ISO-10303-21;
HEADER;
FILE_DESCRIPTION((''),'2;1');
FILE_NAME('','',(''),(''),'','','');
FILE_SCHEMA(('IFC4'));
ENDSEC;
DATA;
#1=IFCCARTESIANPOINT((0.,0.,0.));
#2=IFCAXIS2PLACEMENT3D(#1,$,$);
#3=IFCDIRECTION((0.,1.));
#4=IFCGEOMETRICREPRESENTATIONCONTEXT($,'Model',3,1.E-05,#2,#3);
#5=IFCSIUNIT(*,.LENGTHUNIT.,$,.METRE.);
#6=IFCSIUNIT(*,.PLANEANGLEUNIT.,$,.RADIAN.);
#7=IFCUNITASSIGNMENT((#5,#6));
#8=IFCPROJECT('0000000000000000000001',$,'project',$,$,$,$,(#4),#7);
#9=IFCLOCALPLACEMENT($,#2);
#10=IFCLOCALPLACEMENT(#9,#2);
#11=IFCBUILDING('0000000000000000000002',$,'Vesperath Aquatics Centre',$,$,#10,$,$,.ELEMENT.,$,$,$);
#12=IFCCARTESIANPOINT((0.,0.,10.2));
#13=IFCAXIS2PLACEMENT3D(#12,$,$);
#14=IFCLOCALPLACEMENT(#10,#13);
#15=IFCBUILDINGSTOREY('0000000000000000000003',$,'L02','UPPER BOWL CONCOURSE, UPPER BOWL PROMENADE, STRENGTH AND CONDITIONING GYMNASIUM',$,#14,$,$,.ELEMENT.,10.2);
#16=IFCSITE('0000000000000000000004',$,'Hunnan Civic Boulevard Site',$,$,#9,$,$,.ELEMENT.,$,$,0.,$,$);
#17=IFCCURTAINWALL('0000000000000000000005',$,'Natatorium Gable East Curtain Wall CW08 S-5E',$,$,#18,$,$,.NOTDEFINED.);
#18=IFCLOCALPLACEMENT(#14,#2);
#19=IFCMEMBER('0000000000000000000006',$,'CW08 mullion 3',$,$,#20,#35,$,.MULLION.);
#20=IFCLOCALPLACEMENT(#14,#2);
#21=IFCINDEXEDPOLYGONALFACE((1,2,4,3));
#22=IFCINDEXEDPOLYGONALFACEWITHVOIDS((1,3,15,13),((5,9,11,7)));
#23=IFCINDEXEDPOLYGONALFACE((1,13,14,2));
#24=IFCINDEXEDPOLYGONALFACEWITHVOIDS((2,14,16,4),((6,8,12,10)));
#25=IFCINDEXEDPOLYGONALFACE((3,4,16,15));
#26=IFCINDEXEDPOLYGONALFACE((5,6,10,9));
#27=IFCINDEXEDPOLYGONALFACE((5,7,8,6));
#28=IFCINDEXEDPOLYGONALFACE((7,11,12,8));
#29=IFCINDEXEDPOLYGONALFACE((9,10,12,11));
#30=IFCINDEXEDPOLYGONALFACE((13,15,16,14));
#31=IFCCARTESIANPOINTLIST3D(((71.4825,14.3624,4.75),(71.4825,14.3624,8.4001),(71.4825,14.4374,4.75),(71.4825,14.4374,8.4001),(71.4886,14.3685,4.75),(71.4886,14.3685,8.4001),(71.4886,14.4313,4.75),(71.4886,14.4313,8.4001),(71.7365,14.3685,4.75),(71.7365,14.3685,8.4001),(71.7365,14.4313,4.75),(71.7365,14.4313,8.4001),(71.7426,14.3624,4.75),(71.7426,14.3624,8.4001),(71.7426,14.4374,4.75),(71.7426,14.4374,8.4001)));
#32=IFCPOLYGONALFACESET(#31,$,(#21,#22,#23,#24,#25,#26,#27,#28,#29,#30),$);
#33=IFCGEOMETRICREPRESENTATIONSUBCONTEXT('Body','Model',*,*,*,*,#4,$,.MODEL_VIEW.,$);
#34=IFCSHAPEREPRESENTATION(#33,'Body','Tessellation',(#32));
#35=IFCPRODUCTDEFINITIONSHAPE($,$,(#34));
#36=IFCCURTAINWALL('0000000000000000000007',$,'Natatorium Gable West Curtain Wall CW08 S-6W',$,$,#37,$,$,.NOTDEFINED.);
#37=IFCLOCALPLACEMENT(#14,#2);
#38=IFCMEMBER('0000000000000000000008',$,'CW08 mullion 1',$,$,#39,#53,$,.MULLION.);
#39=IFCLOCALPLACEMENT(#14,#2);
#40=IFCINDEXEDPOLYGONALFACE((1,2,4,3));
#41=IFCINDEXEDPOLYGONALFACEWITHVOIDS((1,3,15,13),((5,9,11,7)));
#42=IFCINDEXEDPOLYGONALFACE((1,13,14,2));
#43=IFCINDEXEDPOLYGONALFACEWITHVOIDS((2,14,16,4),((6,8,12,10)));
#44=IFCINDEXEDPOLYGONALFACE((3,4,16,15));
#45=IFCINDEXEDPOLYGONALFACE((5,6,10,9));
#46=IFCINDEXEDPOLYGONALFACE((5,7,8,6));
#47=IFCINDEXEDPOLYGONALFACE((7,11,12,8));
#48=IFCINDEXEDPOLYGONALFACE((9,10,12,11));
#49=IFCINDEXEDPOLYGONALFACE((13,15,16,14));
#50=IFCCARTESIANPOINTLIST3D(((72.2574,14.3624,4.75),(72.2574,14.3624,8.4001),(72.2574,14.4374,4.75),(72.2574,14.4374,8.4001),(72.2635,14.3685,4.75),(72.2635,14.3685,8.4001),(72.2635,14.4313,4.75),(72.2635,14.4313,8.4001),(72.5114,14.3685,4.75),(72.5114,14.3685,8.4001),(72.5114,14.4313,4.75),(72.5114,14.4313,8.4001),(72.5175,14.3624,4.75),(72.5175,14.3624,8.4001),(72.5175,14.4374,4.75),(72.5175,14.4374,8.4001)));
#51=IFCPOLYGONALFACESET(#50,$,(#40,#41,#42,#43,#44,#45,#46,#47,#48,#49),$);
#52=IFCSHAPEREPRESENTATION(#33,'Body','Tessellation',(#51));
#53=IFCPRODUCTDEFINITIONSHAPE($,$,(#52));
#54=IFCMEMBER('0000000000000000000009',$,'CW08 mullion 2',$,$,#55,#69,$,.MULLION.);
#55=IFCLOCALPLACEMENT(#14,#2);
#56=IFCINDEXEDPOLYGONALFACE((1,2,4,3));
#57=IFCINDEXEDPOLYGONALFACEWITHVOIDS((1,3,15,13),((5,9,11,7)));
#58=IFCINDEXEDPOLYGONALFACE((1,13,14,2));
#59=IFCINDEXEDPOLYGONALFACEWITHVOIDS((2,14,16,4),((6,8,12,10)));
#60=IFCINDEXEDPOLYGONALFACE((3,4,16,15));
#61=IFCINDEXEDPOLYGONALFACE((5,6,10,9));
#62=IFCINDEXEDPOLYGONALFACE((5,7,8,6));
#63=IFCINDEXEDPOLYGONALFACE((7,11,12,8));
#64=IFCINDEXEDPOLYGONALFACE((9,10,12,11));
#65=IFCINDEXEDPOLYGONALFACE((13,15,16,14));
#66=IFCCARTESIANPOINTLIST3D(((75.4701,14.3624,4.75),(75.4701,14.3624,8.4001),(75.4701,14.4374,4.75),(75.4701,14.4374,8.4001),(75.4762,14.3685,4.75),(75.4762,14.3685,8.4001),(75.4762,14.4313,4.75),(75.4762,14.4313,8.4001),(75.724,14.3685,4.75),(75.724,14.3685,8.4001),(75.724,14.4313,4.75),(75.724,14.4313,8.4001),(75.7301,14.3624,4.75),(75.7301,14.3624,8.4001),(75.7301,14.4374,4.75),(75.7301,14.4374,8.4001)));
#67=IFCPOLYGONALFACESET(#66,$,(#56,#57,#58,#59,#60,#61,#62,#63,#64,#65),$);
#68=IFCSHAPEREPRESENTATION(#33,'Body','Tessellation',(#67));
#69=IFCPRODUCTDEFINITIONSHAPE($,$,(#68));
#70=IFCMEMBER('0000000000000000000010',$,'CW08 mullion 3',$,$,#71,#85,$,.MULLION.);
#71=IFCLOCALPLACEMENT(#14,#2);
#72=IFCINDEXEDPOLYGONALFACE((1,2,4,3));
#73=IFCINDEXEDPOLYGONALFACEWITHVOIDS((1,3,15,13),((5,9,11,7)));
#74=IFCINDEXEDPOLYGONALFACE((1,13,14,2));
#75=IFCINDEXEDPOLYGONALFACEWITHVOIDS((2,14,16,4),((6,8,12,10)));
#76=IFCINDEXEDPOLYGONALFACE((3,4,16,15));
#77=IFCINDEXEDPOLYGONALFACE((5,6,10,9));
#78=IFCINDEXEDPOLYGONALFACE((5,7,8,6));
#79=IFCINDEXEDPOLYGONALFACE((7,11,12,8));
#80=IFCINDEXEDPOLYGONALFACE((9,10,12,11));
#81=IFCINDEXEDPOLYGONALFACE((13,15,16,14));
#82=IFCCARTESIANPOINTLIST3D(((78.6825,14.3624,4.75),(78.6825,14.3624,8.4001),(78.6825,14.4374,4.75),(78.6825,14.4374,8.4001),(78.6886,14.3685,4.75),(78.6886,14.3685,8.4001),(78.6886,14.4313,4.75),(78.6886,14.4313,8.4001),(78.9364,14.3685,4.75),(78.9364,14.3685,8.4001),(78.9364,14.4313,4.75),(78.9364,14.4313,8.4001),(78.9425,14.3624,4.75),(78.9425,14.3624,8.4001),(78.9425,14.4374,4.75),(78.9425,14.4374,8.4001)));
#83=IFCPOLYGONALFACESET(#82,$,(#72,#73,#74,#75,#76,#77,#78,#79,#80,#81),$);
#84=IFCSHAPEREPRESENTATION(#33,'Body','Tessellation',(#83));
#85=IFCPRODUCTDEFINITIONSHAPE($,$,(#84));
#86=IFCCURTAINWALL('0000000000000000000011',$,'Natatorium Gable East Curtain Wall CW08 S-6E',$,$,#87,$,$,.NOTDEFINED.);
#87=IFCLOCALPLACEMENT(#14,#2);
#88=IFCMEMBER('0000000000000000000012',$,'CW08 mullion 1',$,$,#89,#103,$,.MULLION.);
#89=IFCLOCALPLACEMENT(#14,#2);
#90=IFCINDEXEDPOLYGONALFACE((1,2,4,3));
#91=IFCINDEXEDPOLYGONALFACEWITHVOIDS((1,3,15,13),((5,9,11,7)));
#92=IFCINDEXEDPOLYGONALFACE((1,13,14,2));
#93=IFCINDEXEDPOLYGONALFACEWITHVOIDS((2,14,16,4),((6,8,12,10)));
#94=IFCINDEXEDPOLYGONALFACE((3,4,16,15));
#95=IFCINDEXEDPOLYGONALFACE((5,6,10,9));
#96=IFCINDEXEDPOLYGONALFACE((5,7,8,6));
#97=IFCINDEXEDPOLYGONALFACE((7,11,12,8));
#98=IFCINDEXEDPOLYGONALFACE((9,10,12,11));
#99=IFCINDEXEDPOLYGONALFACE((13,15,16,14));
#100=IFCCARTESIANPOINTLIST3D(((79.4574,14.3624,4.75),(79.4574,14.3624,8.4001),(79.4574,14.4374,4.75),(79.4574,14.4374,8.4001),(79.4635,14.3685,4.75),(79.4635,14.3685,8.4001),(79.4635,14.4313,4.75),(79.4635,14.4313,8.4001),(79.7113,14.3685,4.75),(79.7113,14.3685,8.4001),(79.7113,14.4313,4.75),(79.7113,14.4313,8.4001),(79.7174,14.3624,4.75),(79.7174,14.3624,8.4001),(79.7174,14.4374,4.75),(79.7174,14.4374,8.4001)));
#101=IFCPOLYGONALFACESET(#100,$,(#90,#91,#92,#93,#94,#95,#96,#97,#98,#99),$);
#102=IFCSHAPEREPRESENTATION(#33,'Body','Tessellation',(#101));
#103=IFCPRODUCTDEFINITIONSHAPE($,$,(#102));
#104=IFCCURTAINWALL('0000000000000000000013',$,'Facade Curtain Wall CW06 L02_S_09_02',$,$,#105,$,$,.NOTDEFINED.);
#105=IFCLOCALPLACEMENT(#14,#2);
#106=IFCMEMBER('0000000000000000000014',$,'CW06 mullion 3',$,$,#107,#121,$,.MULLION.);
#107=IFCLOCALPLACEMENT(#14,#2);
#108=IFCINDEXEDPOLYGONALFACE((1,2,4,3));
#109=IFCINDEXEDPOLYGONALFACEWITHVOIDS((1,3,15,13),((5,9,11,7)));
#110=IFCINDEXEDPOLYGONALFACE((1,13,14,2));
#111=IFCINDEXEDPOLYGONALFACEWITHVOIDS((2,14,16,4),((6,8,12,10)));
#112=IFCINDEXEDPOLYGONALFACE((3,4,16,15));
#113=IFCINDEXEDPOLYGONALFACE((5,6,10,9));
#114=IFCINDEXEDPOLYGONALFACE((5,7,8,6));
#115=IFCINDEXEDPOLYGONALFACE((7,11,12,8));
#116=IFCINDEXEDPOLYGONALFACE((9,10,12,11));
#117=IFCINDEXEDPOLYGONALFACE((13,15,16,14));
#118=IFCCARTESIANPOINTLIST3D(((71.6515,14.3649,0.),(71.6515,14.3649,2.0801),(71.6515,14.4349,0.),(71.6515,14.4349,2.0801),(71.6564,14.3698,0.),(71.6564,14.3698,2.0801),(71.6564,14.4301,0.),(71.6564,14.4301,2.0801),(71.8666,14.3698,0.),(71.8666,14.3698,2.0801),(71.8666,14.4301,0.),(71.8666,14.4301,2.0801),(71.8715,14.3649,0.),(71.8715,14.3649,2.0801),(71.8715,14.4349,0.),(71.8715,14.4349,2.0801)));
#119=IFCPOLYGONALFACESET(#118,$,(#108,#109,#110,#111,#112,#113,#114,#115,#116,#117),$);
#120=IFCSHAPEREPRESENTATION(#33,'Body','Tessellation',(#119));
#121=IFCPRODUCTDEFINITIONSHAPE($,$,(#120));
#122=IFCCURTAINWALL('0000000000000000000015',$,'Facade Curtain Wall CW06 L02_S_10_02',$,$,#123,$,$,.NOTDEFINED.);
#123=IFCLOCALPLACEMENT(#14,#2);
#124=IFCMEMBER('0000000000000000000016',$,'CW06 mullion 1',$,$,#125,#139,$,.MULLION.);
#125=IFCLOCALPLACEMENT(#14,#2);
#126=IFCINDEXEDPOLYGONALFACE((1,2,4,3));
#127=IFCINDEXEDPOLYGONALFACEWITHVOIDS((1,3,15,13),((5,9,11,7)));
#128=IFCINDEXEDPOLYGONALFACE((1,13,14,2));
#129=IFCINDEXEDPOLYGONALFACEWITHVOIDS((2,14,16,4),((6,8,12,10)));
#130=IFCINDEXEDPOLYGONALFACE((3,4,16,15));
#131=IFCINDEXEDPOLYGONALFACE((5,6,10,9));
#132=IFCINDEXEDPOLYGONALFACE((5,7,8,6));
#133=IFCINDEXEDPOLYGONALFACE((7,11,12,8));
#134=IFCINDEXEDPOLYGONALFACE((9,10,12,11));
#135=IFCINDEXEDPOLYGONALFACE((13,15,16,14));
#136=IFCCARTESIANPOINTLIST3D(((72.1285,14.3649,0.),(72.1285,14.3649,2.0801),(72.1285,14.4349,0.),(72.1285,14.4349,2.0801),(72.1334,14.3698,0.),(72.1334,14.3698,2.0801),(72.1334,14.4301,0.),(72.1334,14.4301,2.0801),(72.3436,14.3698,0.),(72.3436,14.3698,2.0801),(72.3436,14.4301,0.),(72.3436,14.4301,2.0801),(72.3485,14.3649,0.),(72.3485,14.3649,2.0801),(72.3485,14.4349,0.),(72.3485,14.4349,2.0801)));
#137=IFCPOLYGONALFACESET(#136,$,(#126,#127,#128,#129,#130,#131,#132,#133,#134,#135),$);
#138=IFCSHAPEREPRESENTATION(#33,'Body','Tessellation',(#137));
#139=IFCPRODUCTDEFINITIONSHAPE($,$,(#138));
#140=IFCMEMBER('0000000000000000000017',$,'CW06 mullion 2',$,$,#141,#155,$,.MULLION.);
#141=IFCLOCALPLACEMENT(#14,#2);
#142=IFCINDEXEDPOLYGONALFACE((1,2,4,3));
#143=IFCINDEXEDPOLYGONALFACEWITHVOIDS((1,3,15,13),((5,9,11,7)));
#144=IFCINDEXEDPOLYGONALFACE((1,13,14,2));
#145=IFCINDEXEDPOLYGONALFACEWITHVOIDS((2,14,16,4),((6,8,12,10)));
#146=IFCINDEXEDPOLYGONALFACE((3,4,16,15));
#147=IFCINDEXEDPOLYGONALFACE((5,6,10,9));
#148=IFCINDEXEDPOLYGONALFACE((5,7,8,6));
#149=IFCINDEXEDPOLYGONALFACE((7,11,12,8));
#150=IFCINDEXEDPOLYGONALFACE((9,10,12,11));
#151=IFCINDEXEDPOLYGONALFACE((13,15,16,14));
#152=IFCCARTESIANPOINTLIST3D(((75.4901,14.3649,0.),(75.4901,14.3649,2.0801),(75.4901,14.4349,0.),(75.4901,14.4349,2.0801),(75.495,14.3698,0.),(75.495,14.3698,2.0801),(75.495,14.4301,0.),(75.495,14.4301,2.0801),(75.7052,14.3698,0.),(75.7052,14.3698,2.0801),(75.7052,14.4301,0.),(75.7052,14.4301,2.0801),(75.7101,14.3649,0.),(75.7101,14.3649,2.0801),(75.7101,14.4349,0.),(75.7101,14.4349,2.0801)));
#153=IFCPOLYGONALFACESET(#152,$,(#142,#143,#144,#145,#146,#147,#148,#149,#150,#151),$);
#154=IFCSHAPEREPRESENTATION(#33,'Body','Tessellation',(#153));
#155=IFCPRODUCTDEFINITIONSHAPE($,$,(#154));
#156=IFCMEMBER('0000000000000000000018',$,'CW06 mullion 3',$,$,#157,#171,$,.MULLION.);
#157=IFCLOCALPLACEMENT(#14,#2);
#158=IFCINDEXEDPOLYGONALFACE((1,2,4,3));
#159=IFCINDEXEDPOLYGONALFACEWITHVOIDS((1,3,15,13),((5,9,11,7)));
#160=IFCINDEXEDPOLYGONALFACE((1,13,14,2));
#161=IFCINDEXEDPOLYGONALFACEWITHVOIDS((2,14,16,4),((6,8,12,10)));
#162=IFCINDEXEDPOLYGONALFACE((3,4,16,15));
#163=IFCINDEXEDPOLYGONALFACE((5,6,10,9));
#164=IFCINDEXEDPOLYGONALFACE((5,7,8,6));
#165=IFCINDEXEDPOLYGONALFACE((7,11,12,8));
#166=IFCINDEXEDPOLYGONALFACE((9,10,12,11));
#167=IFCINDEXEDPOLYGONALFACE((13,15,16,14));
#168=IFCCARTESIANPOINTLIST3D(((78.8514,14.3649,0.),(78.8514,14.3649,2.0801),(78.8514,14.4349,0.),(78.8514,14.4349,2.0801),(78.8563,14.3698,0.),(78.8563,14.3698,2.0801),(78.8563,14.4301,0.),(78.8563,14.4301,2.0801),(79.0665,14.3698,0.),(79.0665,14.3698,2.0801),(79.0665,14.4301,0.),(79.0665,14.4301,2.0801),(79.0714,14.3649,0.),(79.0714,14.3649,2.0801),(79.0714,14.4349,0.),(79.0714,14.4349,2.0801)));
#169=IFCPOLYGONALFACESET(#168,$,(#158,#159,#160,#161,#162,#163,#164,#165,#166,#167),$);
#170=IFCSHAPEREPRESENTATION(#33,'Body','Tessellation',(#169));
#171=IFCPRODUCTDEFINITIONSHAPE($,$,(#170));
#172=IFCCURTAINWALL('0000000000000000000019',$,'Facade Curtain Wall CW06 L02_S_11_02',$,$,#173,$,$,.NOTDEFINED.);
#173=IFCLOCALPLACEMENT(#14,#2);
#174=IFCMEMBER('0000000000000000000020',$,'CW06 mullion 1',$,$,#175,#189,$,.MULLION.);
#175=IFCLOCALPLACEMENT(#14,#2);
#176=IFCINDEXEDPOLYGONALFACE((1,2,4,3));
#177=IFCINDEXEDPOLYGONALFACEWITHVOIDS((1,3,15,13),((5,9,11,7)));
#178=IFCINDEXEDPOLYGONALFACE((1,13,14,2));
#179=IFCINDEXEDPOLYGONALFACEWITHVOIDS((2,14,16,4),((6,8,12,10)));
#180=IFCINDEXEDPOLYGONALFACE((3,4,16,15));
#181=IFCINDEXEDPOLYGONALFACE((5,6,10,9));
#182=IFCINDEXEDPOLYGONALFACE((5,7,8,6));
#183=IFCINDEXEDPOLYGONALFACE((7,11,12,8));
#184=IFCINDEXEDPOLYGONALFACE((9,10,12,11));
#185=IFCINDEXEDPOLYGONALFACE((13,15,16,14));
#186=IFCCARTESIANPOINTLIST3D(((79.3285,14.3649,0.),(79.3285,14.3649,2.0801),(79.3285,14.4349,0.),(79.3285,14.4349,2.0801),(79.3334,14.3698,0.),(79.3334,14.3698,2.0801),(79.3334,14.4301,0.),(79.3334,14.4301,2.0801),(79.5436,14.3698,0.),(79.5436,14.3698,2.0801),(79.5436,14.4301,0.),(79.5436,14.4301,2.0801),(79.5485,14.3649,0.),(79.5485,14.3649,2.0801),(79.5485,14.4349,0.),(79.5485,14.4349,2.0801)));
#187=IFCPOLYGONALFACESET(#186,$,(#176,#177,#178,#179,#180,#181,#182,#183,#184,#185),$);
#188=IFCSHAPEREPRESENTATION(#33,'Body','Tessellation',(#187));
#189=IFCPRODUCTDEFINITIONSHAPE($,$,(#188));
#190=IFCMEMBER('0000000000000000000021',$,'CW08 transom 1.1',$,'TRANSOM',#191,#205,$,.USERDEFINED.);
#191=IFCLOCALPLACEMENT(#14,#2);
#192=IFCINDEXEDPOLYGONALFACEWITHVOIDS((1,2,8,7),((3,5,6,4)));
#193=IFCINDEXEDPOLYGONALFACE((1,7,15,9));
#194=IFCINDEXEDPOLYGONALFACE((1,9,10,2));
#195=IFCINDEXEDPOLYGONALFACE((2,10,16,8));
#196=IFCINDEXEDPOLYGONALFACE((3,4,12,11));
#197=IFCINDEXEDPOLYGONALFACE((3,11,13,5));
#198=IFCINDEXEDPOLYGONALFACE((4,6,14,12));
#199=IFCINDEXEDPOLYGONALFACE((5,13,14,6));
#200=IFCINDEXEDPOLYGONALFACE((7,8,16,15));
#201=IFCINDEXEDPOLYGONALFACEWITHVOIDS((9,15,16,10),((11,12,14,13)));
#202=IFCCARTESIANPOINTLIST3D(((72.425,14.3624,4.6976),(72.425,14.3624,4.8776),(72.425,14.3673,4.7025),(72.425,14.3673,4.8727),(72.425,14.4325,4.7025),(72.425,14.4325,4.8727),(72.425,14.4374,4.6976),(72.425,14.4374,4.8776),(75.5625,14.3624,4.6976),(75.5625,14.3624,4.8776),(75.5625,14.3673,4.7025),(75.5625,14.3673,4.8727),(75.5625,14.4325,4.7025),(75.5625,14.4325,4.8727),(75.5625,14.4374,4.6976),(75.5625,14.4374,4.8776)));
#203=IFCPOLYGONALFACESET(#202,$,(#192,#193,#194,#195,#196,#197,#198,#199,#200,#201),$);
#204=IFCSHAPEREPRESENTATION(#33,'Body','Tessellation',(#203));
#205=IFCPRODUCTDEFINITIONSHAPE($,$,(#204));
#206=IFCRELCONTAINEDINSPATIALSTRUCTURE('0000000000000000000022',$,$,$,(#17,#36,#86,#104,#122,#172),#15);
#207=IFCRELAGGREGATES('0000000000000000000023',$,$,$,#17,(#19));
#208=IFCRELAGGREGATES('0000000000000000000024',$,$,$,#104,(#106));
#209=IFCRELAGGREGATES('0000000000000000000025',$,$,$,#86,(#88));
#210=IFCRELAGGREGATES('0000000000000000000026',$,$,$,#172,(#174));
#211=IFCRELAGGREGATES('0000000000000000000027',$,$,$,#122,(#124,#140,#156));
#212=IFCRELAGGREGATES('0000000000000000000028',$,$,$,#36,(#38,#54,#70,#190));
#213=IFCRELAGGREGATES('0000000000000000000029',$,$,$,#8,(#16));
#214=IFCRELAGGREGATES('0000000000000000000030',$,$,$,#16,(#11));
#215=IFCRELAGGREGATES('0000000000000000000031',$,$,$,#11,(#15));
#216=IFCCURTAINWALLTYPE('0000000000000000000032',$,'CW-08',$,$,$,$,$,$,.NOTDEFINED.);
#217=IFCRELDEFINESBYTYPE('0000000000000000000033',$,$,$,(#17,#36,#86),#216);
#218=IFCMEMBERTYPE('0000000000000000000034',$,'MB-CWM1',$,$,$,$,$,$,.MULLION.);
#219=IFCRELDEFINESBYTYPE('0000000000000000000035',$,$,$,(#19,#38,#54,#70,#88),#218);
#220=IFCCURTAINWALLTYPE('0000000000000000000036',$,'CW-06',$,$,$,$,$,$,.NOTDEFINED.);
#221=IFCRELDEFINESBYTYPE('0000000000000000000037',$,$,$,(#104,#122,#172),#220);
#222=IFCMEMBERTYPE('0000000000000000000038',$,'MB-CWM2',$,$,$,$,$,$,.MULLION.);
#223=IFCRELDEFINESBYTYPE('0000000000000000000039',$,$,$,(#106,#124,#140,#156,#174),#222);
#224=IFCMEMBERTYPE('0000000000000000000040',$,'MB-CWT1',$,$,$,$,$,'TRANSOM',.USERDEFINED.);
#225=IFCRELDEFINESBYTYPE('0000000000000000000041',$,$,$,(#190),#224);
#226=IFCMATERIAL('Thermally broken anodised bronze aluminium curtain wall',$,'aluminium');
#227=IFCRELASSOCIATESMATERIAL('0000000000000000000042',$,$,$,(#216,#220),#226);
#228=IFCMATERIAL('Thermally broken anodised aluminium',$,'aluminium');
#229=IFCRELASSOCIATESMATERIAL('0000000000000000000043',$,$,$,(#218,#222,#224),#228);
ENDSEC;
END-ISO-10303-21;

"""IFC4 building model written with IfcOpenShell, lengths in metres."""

from ifc_helpers import new_model, si_unit, direction, frame, origin, origin_2d, place, context, subcontext, project, spatial, hollow_rectangle, extrude, material, material_profile, profile_set, type_object, element, aggregate, save


model = new_model("IFC4")

# Units and contexts
model_context = context("Model", 3, precision=1e-05, world=origin(), true_north=direction((0.0, 1.0)))
body_context = subcontext(model_context, "Body", "Model", "MODEL_VIEW")
ifc_project = project(units=[si_unit("LENGTHUNIT", "METRE"), si_unit("PLANEANGLEUNIT", "RADIAN")], contexts=[model_context])

# Site, building, storey
site_placement = place(None, origin())
site = spatial("IfcSite", under=ifc_project, at=site_placement, Name="Hunnan Civic Boulevard Site", CompositionType="ELEMENT", RefElevation=0.0)
building_placement = place(site_placement, origin())
building = spatial("IfcBuilding", under=site, at=building_placement, Name="Vesperath Aquatics Centre", CompositionType="ELEMENT")
storey_placement = place(building_placement, frame((0.0, 0.0, 10.2)))
storey = spatial("IfcBuildingStorey", under=building, at=storey_placement, Name="L02", Description="UPPER BOWL CONCOURSE, UPPER BOWL PROMENADE, STRENGTH AND CONDITIONING GYMNASIUM", CompositionType="ELEMENT", Elevation=10.2)

# Curtain wall, member
ifc_material_1 = material(Name="Thermally broken anodised bronze aluminium curtain wall", Category="aluminium")
curtain_wall_type_1 = type_object("IfcCurtainWallType", Name="CW-08", PredefinedType="NOTDEFINED", material=ifc_material_1)
curtain_wall_1_placement = place(storey_placement, origin())
curtain_wall_1 = element("IfcCurtainWall", 1, at=curtain_wall_1_placement, inside=storey, type_object=curtain_wall_type_1, Name="Natatorium Gable East Curtain Wall CW08 S-5E", PredefinedType="NOTDEFINED")
ifc_material_2 = material(Name="Thermally broken anodised aluminium", Category="aluminium")
ifc_material_profile_1 = material_profile(ifc_material_2, hollow_rectangle(XDim=0.075, YDim=0.26, WallThickness=0.0061, at=origin_2d()), Name="CWM 75x260x6")
ifc_profile_set_1 = profile_set([ifc_material_profile_1], Name="Thermally broken anodised aluminium")
member_type_1 = type_object("IfcMemberType", Name="MB-CWM1", PredefinedType="MULLION", material=ifc_profile_set_1)
member_1_placement = place(storey_placement, frame((71.6125, 14.3999, 4.75), z_axis=(0.0, 0.0, 1.0), x_axis=(0.0, 1.0, 0.0)))
member_1 = element("IfcMember", 2, at=member_1_placement, type_object=member_type_1, Name="CW08 mullion 3", PredefinedType="MULLION", context=body_context, shape_type="SweptSolid", body=[
    extrude(hollow_rectangle(XDim=0.075, YDim=0.26, WallThickness=0.0061, at=origin_2d()), origin(), (0.0, 0.0, 1.0), 3.6501),
])
aggregate(curtain_wall_1, [member_1])

# Curtain wall, members
curtain_wall_2_placement = place(storey_placement, origin())
curtain_wall_2 = element("IfcCurtainWall", 3, at=curtain_wall_2_placement, inside=storey, type_object=curtain_wall_type_1, Name="Natatorium Gable West Curtain Wall CW08 S-6W", PredefinedType="NOTDEFINED")
member_2_placement = place(storey_placement, frame((72.3875, 14.3999, 4.75), z_axis=(0.0, 0.0, 1.0), x_axis=(0.0, 1.0, 0.0)))
member_2 = element("IfcMember", 4, at=member_2_placement, type_object=member_type_1, Name="CW08 mullion 1", PredefinedType="MULLION", context=body_context, shape_type="SweptSolid", body=[
    extrude(hollow_rectangle(XDim=0.075, YDim=0.26, WallThickness=0.0061, at=origin_2d()), origin(), (0.0, 0.0, 1.0), 3.6501),
])
member_3_placement = place(storey_placement, frame((75.6001, 14.3999, 4.75), z_axis=(0.0, 0.0, 1.0), x_axis=(0.0, 1.0, 0.0)))
member_3 = element("IfcMember", 5, at=member_3_placement, type_object=member_type_1, Name="CW08 mullion 2", PredefinedType="MULLION", context=body_context, shape_type="SweptSolid", body=[
    extrude(hollow_rectangle(XDim=0.075, YDim=0.26, WallThickness=0.0061, at=origin_2d()), origin(), (0.0, 0.0, 1.0), 3.6501),
])
member_4_placement = place(storey_placement, frame((78.8125, 14.3999, 4.75), z_axis=(0.0, 0.0, 1.0), x_axis=(0.0, 1.0, 0.0)))
member_4 = element("IfcMember", 6, at=member_4_placement, type_object=member_type_1, Name="CW08 mullion 3", PredefinedType="MULLION", context=body_context, shape_type="SweptSolid", body=[
    extrude(hollow_rectangle(XDim=0.075, YDim=0.26, WallThickness=0.0061, at=origin_2d()), origin(), (0.0, 0.0, 1.0), 3.6501),
])

# Curtain walls, members
curtain_wall_3_placement = place(storey_placement, origin())
curtain_wall_3 = element("IfcCurtainWall", 7, at=curtain_wall_3_placement, inside=storey, type_object=curtain_wall_type_1, Name="Natatorium Gable East Curtain Wall CW08 S-6E", PredefinedType="NOTDEFINED")
member_5_placement = place(storey_placement, frame((79.5874, 14.3999, 4.75), z_axis=(0.0, 0.0, 1.0), x_axis=(0.0, 1.0, 0.0)))
member_5 = element("IfcMember", 8, at=member_5_placement, type_object=member_type_1, Name="CW08 mullion 1", PredefinedType="MULLION", context=body_context, shape_type="SweptSolid", body=[
    extrude(hollow_rectangle(XDim=0.075, YDim=0.26, WallThickness=0.0061, at=origin_2d()), origin(), (0.0, 0.0, 1.0), 3.6501),
])
curtain_wall_type_2 = type_object("IfcCurtainWallType", Name="CW-06", PredefinedType="NOTDEFINED", material=ifc_material_1)
curtain_wall_4_placement = place(storey_placement, origin())
curtain_wall_4 = element("IfcCurtainWall", 9, at=curtain_wall_4_placement, inside=storey, type_object=curtain_wall_type_2, Name="Facade Curtain Wall CW06 L02_S_09_02", PredefinedType="NOTDEFINED")
ifc_material_profile_2 = material_profile(ifc_material_2, hollow_rectangle(XDim=0.0701, YDim=0.22, WallThickness=0.0049, at=origin_2d()), Name="CWM 70x220x5")
ifc_profile_set_2 = profile_set([ifc_material_profile_2], Name="Thermally broken anodised aluminium")
member_type_2 = type_object("IfcMemberType", Name="MB-CWM2", PredefinedType="MULLION", material=ifc_profile_set_2)
member_6_placement = place(storey_placement, frame((71.7615, 14.3999, 0.0), z_axis=(0.0, 0.0, 1.0), x_axis=(0.0, 1.0, 0.0)))
member_6 = element("IfcMember", 10, at=member_6_placement, type_object=member_type_2, Name="CW06 mullion 3", PredefinedType="MULLION", context=body_context, shape_type="SweptSolid", body=[
    extrude(hollow_rectangle(XDim=0.0701, YDim=0.22, WallThickness=0.0049, at=origin_2d()), origin(), (0.0, 0.0, 1.0), 2.0801),
])
aggregate(curtain_wall_4, [member_6])

# Curtain wall, members
curtain_wall_5_placement = place(storey_placement, origin())
curtain_wall_5 = element("IfcCurtainWall", 11, at=curtain_wall_5_placement, inside=storey, type_object=curtain_wall_type_2, Name="Facade Curtain Wall CW06 L02_S_10_02", PredefinedType="NOTDEFINED")
member_7_placement = place(storey_placement, frame((72.2385, 14.3999, 0.0), z_axis=(0.0, 0.0, 1.0), x_axis=(0.0, 1.0, 0.0)))
member_7 = element("IfcMember", 12, at=member_7_placement, type_object=member_type_2, Name="CW06 mullion 1", PredefinedType="MULLION", context=body_context, shape_type="SweptSolid", body=[
    extrude(hollow_rectangle(XDim=0.0701, YDim=0.22, WallThickness=0.0049, at=origin_2d()), origin(), (0.0, 0.0, 1.0), 2.0801),
])
member_8_placement = place(storey_placement, frame((75.6001, 14.3999, 0.0), z_axis=(0.0, 0.0, 1.0), x_axis=(0.0, 1.0, 0.0)))
member_8 = element("IfcMember", 13, at=member_8_placement, type_object=member_type_2, Name="CW06 mullion 2", PredefinedType="MULLION", context=body_context, shape_type="SweptSolid", body=[
    extrude(hollow_rectangle(XDim=0.0701, YDim=0.22, WallThickness=0.0049, at=origin_2d()), origin(), (0.0, 0.0, 1.0), 2.0801),
])
member_9_placement = place(storey_placement, frame((78.9614, 14.3999, 0.0), z_axis=(0.0, 0.0, 1.0), x_axis=(0.0, 1.0, 0.0)))
member_9 = element("IfcMember", 14, at=member_9_placement, type_object=member_type_2, Name="CW06 mullion 3", PredefinedType="MULLION", context=body_context, shape_type="SweptSolid", body=[
    extrude(hollow_rectangle(XDim=0.0701, YDim=0.22, WallThickness=0.0049, at=origin_2d()), origin(), (0.0, 0.0, 1.0), 2.0801),
])

# Curtain wall, member
curtain_wall_6_placement = place(storey_placement, origin())
curtain_wall_6 = element("IfcCurtainWall", 15, at=curtain_wall_6_placement, inside=storey, type_object=curtain_wall_type_2, Name="Facade Curtain Wall CW06 L02_S_11_02", PredefinedType="NOTDEFINED")
member_10_placement = place(storey_placement, frame((79.4385, 14.3999, 0.0), z_axis=(0.0, 0.0, 1.0), x_axis=(0.0, 1.0, 0.0)))
member_10 = element("IfcMember", 16, at=member_10_placement, type_object=member_type_2, Name="CW06 mullion 1", PredefinedType="MULLION", context=body_context, shape_type="SweptSolid", body=[
    extrude(hollow_rectangle(XDim=0.0701, YDim=0.22, WallThickness=0.0049, at=origin_2d()), origin(), (0.0, 0.0, 1.0), 2.0801),
])

# Member
ifc_material_profile_3 = material_profile(ifc_material_2, hollow_rectangle(XDim=0.075, YDim=0.1799, WallThickness=0.0049, at=origin_2d()), Name="CWT 75x180x5")
ifc_profile_set_3 = profile_set([ifc_material_profile_3], Name="Thermally broken anodised aluminium")
member_type_3 = type_object("IfcMemberType", Name="MB-CWT1", ElementType="TRANSOM", PredefinedType="USERDEFINED", material=ifc_profile_set_3)
member_11_placement = place(storey_placement, frame((72.425, 14.3999, 4.7876), z_axis=(1.0, 0.0, 0.0), x_axis=(0.0, 1.0, 0.0)))
member_11 = element("IfcMember", 17, at=member_11_placement, type_object=member_type_3, Name="CW08 transom 1.1", ObjectType="TRANSOM", PredefinedType="USERDEFINED", context=body_context, shape_type="SweptSolid", body=[
    extrude(hollow_rectangle(XDim=0.075, YDim=0.1799, WallThickness=0.0049, at=origin_2d()), origin(), (0.0, 0.0, 1.0), 3.1375),
])
aggregate(curtain_wall_3, [member_5])
aggregate(curtain_wall_6, [member_10])

aggregate(curtain_wall_5, [member_7, member_8, member_9])
aggregate(curtain_wall_2, [member_2, member_3, member_4, member_11])

save(model, "model.ifc")
